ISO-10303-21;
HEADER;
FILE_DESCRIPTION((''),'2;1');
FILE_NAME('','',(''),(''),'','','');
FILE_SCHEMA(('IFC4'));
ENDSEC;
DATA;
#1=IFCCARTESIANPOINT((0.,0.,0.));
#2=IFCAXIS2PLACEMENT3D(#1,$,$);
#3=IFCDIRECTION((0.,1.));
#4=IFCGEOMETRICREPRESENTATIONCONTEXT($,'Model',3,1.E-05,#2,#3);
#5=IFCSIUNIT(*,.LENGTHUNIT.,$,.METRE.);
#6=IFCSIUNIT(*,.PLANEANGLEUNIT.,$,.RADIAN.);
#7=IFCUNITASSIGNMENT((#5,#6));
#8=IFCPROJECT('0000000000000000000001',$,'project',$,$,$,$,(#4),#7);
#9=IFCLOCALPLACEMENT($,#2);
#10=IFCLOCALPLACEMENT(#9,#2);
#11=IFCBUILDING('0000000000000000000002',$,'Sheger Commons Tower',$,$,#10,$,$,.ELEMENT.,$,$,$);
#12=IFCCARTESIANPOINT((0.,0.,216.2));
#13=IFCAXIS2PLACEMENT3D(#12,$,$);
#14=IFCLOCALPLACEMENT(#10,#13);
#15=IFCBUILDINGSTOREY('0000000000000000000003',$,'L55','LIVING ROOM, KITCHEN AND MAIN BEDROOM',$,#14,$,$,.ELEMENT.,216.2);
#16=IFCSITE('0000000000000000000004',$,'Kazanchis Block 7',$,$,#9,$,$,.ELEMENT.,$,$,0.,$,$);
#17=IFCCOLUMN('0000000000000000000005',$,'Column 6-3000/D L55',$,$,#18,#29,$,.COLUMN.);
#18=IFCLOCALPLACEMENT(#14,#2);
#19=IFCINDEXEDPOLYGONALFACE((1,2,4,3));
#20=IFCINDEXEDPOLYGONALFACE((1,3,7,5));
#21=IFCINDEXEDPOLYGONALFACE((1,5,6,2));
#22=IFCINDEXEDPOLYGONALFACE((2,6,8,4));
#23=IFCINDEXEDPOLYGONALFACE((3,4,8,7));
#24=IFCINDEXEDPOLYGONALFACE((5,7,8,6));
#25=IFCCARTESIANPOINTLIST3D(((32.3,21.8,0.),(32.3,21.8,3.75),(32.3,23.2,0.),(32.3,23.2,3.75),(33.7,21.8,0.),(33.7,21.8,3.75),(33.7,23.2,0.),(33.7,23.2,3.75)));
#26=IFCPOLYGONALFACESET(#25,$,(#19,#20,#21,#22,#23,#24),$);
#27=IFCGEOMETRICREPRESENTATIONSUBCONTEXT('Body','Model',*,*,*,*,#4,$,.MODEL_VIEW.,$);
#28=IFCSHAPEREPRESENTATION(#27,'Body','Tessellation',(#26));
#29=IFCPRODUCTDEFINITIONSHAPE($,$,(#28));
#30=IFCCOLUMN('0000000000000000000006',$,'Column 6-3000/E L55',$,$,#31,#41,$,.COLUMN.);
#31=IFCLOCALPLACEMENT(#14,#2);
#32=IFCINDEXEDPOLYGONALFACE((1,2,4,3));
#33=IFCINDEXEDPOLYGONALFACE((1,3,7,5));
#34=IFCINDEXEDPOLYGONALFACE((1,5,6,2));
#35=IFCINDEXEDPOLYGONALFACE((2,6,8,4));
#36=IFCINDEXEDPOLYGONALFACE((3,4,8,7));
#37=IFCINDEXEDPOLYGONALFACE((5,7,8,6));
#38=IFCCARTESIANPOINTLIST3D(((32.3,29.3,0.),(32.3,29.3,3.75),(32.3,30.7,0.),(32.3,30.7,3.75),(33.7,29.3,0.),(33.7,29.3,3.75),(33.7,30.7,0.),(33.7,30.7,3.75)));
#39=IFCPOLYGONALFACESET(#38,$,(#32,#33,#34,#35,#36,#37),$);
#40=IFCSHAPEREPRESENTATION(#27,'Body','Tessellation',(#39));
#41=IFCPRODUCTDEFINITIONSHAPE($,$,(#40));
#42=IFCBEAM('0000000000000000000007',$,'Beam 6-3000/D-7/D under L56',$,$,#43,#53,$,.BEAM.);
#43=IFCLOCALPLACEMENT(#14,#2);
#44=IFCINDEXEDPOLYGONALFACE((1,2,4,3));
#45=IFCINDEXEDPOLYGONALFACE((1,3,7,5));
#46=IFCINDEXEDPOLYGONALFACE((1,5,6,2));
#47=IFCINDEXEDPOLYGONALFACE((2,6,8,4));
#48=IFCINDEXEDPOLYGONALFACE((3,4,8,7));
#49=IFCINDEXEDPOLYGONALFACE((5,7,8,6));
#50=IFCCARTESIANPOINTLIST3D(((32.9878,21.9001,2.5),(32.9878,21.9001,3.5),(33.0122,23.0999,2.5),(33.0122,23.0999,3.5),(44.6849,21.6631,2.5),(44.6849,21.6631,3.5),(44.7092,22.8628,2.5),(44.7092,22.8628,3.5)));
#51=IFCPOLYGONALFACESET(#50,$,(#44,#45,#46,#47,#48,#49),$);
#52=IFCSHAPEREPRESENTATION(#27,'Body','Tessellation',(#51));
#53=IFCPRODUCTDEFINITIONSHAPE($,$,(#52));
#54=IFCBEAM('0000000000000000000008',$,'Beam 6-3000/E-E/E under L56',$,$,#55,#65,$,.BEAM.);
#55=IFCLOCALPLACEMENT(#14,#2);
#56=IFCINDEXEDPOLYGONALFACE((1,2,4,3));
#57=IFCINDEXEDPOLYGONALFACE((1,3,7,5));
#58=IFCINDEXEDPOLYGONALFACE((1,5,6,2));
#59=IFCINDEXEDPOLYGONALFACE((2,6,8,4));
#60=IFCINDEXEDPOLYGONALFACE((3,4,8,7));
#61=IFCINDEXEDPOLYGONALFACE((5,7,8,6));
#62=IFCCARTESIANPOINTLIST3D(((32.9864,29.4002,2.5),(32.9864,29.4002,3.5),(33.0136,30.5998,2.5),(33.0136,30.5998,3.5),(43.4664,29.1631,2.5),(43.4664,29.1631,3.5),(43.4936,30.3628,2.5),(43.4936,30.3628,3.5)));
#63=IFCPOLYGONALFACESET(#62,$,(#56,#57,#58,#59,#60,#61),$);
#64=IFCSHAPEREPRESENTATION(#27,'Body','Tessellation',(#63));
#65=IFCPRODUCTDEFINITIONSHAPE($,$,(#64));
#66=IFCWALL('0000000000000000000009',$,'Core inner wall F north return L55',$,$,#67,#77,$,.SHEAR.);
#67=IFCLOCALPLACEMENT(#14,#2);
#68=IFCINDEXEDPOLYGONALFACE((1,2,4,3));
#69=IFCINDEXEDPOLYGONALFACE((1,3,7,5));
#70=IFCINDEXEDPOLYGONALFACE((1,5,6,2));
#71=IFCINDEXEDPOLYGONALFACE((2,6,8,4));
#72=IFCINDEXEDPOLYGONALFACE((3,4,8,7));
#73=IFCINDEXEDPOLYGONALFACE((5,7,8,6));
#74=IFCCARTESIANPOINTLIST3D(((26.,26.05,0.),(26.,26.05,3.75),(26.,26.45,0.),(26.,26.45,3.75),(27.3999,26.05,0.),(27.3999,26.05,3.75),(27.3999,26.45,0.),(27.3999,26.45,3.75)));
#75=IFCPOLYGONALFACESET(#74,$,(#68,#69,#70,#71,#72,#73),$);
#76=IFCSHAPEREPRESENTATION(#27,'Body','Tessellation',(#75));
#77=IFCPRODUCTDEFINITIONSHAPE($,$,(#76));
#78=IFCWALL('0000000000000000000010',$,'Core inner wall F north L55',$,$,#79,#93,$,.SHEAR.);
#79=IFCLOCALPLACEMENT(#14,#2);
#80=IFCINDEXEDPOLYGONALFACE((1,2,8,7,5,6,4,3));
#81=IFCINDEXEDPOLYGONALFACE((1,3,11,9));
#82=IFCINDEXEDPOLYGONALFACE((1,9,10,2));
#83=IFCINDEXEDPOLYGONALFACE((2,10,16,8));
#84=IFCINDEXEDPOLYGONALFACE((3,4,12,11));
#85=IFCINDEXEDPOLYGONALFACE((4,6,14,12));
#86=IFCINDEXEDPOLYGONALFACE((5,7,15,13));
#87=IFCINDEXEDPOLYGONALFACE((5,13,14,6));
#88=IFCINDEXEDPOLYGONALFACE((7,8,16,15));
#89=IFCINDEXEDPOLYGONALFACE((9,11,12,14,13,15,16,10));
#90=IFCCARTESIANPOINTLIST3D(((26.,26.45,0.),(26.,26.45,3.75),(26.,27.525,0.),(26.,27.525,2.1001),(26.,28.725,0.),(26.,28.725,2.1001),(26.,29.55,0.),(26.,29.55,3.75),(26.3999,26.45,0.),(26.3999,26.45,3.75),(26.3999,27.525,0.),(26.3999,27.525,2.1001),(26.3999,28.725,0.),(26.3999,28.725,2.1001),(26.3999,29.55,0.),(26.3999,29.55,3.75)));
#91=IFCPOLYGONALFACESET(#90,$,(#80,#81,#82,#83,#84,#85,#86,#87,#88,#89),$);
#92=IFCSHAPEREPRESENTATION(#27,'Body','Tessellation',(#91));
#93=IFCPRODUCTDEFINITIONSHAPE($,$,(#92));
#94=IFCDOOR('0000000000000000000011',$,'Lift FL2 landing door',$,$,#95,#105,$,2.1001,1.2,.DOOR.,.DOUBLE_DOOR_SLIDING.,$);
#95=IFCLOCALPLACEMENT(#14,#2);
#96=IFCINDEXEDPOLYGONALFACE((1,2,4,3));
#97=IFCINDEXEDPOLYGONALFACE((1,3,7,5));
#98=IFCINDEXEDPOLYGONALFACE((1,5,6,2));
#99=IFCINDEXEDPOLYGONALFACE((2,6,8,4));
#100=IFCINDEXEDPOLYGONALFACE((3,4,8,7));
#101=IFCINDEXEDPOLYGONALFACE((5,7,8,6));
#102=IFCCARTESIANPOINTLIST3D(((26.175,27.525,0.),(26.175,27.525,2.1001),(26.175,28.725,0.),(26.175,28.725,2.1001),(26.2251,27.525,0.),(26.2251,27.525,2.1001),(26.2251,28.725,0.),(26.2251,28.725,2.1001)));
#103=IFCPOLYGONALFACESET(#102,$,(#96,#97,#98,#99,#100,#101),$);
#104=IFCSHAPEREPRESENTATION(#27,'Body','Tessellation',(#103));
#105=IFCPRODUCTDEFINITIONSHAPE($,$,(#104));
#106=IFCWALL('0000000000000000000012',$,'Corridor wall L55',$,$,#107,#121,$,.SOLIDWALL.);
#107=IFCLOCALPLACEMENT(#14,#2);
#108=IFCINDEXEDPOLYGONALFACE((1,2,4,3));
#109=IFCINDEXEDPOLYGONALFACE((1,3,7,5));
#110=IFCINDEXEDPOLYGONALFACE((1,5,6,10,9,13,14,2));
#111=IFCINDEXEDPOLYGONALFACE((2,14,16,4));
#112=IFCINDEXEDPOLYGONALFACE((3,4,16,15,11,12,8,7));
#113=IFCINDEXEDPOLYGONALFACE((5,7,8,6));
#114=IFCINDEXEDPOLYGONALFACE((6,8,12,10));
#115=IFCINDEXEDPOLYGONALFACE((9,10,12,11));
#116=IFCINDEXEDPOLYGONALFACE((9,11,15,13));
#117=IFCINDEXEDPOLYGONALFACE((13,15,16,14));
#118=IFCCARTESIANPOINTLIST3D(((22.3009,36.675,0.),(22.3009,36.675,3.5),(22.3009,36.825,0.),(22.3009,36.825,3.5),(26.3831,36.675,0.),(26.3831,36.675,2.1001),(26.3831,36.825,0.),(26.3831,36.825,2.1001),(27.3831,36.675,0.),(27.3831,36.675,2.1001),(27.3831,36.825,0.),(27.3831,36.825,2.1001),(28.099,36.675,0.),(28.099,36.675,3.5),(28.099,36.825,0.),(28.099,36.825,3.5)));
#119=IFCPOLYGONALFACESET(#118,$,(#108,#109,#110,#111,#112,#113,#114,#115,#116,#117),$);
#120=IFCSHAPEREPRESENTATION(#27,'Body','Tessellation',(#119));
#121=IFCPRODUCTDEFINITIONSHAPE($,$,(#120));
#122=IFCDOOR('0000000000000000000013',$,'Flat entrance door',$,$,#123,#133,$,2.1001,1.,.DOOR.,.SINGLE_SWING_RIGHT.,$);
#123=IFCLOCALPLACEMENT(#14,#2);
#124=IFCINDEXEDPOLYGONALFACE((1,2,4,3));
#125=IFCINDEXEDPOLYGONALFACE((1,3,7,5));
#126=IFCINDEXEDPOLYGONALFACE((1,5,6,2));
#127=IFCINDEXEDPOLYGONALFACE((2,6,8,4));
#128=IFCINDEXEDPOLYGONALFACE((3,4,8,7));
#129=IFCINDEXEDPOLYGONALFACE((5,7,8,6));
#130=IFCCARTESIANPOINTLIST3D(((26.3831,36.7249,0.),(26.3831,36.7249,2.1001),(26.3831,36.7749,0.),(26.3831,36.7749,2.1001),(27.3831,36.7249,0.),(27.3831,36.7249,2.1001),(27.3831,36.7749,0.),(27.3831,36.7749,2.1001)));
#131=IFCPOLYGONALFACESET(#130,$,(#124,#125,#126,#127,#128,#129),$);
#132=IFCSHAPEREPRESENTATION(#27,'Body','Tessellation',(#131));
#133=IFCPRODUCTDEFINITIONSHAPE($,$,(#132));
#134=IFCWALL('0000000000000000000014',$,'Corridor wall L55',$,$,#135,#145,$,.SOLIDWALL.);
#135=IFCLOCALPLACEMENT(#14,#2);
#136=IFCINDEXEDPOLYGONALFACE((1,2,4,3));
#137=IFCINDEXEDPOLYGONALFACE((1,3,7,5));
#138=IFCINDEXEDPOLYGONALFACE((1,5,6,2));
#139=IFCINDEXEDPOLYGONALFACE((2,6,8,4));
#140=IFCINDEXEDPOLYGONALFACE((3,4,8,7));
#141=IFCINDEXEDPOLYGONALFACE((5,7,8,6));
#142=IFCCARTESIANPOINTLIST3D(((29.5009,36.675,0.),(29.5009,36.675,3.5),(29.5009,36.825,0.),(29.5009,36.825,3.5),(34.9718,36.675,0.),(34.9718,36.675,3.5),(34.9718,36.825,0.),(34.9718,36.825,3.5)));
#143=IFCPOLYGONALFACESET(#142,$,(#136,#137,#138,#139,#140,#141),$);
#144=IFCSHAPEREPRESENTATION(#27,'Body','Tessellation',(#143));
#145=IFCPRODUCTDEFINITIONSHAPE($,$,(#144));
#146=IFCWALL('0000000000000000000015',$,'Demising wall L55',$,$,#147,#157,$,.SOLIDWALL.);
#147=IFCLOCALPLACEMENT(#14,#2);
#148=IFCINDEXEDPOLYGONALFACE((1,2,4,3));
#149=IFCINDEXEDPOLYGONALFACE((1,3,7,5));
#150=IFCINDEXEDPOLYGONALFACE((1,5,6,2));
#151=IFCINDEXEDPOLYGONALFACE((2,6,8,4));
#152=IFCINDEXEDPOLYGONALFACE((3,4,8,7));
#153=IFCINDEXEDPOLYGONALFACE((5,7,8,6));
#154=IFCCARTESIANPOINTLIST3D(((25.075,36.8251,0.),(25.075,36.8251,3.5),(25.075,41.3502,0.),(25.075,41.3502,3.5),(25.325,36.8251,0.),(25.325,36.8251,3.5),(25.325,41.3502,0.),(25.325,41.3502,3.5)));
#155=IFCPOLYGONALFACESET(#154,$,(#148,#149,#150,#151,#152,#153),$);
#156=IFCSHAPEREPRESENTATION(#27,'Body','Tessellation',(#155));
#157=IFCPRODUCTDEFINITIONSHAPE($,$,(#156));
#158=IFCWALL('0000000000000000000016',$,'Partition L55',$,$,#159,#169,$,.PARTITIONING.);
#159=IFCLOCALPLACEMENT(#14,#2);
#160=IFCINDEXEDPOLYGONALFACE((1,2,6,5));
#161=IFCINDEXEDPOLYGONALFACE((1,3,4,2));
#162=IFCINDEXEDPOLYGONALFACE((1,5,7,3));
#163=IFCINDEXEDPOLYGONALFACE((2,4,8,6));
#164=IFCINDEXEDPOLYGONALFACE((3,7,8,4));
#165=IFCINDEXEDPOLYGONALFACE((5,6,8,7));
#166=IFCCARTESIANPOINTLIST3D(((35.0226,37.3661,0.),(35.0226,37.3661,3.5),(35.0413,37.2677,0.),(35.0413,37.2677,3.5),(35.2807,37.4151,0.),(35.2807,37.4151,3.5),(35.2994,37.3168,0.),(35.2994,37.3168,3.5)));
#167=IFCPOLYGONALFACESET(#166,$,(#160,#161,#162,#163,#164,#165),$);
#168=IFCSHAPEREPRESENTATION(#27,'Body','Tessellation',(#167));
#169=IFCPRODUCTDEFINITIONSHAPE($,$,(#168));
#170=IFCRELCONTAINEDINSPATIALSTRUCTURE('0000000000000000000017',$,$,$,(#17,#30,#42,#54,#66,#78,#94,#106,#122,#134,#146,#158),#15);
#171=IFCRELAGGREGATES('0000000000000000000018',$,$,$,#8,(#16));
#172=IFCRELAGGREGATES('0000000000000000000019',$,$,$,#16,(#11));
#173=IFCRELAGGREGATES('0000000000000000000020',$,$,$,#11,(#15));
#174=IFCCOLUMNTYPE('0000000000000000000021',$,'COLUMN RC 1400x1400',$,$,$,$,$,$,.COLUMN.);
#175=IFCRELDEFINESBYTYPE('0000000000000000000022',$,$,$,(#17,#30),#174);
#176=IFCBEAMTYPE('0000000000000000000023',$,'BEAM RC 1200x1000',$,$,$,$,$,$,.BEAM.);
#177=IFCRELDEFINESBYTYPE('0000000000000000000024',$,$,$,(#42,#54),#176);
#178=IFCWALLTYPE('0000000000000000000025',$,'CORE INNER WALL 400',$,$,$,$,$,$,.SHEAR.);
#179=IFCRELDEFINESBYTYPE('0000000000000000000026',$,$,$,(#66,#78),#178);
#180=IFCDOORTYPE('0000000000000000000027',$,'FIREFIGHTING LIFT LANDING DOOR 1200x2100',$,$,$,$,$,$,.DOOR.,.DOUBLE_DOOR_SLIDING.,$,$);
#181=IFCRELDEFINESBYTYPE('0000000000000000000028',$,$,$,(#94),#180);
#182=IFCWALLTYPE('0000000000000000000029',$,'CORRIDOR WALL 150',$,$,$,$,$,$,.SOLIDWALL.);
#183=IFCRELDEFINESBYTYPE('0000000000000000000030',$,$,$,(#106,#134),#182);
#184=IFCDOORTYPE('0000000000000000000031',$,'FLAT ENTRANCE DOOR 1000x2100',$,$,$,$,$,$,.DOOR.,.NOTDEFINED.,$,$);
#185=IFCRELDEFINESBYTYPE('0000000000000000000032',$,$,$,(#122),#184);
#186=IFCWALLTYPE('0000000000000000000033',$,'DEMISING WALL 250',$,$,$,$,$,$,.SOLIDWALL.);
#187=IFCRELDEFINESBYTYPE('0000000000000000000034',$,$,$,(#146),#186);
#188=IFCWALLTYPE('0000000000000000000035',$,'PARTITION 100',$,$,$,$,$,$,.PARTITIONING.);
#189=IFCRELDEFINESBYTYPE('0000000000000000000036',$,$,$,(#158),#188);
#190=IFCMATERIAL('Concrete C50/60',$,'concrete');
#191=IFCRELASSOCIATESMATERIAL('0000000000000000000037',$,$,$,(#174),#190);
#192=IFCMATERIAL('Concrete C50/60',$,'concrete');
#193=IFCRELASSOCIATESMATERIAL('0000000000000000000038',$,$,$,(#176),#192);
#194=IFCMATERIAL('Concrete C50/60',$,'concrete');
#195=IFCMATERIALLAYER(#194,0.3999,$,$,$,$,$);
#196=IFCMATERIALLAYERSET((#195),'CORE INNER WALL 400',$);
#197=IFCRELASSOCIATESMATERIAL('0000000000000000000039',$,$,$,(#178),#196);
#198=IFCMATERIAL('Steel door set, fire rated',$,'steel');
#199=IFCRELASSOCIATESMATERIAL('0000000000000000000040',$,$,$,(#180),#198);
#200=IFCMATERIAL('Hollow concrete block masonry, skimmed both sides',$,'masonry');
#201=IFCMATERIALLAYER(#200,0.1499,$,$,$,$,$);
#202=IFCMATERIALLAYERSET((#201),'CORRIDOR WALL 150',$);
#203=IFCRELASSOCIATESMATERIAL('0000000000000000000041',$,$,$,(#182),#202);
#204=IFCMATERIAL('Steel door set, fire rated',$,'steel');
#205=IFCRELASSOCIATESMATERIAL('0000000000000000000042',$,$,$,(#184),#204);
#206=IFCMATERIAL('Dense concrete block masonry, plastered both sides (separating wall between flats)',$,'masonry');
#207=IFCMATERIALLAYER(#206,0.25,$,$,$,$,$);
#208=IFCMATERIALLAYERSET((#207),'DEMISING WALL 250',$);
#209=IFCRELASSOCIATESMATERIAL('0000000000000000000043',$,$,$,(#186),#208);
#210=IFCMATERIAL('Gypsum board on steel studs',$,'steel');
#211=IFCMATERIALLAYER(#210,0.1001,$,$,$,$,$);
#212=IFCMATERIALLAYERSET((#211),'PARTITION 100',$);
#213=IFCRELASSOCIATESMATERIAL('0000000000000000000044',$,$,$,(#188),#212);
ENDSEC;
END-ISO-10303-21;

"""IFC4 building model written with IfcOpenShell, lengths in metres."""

from ifc_helpers import new_model, si_unit, direction, frame, frame_2d, origin, origin_2d, place, context, subcontext, project, spatial, rectangle, extrude, material, layer, layer_set, material_profile, profile_set, type_object, element, fill, save


model = new_model("IFC4")

# Units and contexts
model_context = context("Model", 3, precision=1e-05, world=origin(), true_north=direction((0.0, 1.0)))
body_context = subcontext(model_context, "Body", "Model", "MODEL_VIEW")
ifc_project = project(units=[si_unit("LENGTHUNIT", "METRE"), si_unit("PLANEANGLEUNIT", "RADIAN")], contexts=[model_context])

# Site, building, storey
site_placement = place(None, origin())
site = spatial("IfcSite", under=ifc_project, at=site_placement, Name="Kazanchis Block 7", CompositionType="ELEMENT", RefElevation=0.0)
building_placement = place(site_placement, origin())
building = spatial("IfcBuilding", under=site, at=building_placement, Name="Sheger Commons Tower", CompositionType="ELEMENT")
storey_placement = place(building_placement, frame((0.0, 0.0, 216.2)))
storey = spatial("IfcBuildingStorey", under=building, at=storey_placement, Name="L55", Description="LIVING ROOM, KITCHEN AND MAIN BEDROOM", CompositionType="ELEMENT", Elevation=216.2)

# Columns
ifc_material_1 = material(Name="Concrete C50/60", Category="concrete")
ifc_material_profile_1 = material_profile(ifc_material_1, rectangle(XDim=1.3999, YDim=1.3999, at=origin_2d()), Name="RC 1400x1400")
ifc_profile_set_1 = profile_set([ifc_material_profile_1], Name="Concrete C50/60")
column_type = type_object("IfcColumnType", Name="COLUMN RC 1400x1400", PredefinedType="COLUMN", material=ifc_profile_set_1)
for number, where, z_axis, x_axis, name in (
    (1, (33.0, 22.5, 0.0), (0.0, 0.0, 1.0), (1.0, 0.0, 0.0), "Column 6-3000/D L55"),
    (2, (33.0, 30.0, 0.0), (0.0, 0.0, 1.0), (1.0, 0.0, 0.0), "Column 6-3000/E L55"),
):
    element("IfcColumn", number, at=place(storey_placement, frame(where, z_axis=z_axis, x_axis=x_axis)), inside=storey, type_object=column_type, Name=name, PredefinedType="COLUMN", context=body_context, shape_type="SweptSolid", body=[
        extrude(rectangle(XDim=1.3999, YDim=1.3999, at=origin_2d()), origin(), (0.0, 0.0, 1.0), 3.75),
    ])

# Beams
ifc_material_2 = material(Name="Concrete C50/60", Category="concrete")
ifc_material_profile_2 = material_profile(ifc_material_2, rectangle(XDim=1.2, YDim=1.0, at=origin_2d()), Name="RC 1200x1000")
ifc_profile_set_2 = profile_set([ifc_material_profile_2], Name="Concrete C50/60")
beam_type = type_object("IfcBeamType", Name="BEAM RC 1200x1000", PredefinedType="BEAM", material=ifc_profile_set_2)
beam_1_placement = place(storey_placement, frame((33.0, 22.5, 3.0), z_axis=(0.999795, -0.020263, 0.0), x_axis=(0.020263, 0.999795, 0.0)))
element("IfcBeam", 3, at=beam_1_placement, inside=storey, type_object=beam_type, Name="Beam 6-3000/D-7/D under L56", PredefinedType="BEAM", context=body_context, shape_type="SweptSolid", body=[
    extrude(rectangle(XDim=1.2, YDim=1.0, at=origin_2d()), origin(), (0.0, 0.0, 1.0), 11.6995),
])
beam_2_placement = place(storey_placement, frame((33.0, 30.0, 3.0), z_axis=(0.999744, -0.022615, 0.0), x_axis=(0.022615, 0.999744, 0.0)))
element("IfcBeam", 4, at=beam_2_placement, inside=storey, type_object=beam_type, Name="Beam 6-3000/E-E/E under L56", PredefinedType="BEAM", context=body_context, shape_type="SweptSolid", body=[
    extrude(rectangle(XDim=1.2, YDim=1.0, at=origin_2d()), origin(), (0.0, 0.0, 1.0), 10.4827),
])

# Wall
ifc_material_3 = material(Name="Concrete C50/60", Category="concrete")
ifc_layer_1 = layer(ifc_material_3, 0.3999)
ifc_layer_set_1 = layer_set([ifc_layer_1], Name="CORE INNER WALL 400")
wall_type_1 = type_object("IfcWallType", Name="CORE INNER WALL 400", PredefinedType="SHEAR", material=ifc_layer_set_1)
wall_1_placement = place(storey_placement, frame((26.0, 26.25, 0.0), z_axis=(0.0, 0.0, 1.0), x_axis=(1.0, 0.0, 0.0)))
element("IfcWall", 5, at=wall_1_placement, inside=storey, type_object=wall_type_1, Name="Core inner wall F north return L55", PredefinedType="SHEAR", context=body_context, shape_type="SweptSolid", body=[
    extrude(rectangle(XDim=1.3999, YDim=0.3999, at=frame_2d((0.7, 0.0))), origin(), (0.0, 0.0, 1.0), 3.75),
])

# Walls, openings, doors
wall_2_placement = place(storey_placement, frame((26.2, 26.45, 0.0), z_axis=(0.0, 0.0, 1.0), x_axis=(0.0, 1.0, 0.0)))
wall_2 = element("IfcWall", 6, at=wall_2_placement, inside=storey, type_object=wall_type_1, Name="Core inner wall F north L55", PredefinedType="SHEAR", context=body_context, shape_type="SweptSolid", body=[
    extrude(rectangle(XDim=3.1001, YDim=0.3999, at=frame_2d((1.55, 0.0))), origin(), (0.0, 0.0, 1.0), 3.75),
])
opening_1_placement = place(wall_2_placement, frame((1.075, 0.0, 0.0)))
opening_1 = element("IfcOpeningElement", 7, at=opening_1_placement, cuts=wall_2, PredefinedType="OPENING", context=body_context, shape_type="SweptSolid", body=[
    extrude(rectangle(XDim=1.2, YDim=2.1001, at=frame_2d((0.6001, 1.05))), frame((0.0, 0.21, 0.0), z_axis=(0.0, -1.0, 0.0), x_axis=(1.0, 0.0, 0.0)), (0.0, 0.0, 1.0), 0.4199),
])
ifc_material_4 = material(Name="Steel door set, fire rated", Category="steel")
door_type_1 = type_object("IfcDoorType", Name="FIREFIGHTING LIFT LANDING DOOR 1200x2100", OperationType="DOUBLE_DOOR_SLIDING", PredefinedType="DOOR", material=ifc_material_4)
door_1_placement = place(opening_1_placement, origin())
door_1 = element("IfcDoor", 8, at=door_1_placement, inside=storey, type_object=door_type_1, Name="Lift FL2 landing door", OperationType="DOUBLE_DOOR_SLIDING", OverallHeight=2.1001, OverallWidth=1.2, PredefinedType="DOOR", context=body_context, shape_type="SweptSolid", body=[
    extrude(rectangle(XDim=1.2, YDim=2.1001, at=frame_2d((0.6001, 1.05))), frame((0.0, 0.0249, 0.0), z_axis=(0.0, -1.0, 0.0), x_axis=(1.0, 0.0, 0.0)), (0.0, 0.0, 1.0), 0.05),
])
fill(opening_1, door_1)
ifc_material_5 = material(Name="Hollow concrete block masonry, skimmed both sides", Category="masonry")
ifc_layer_2 = layer(ifc_material_5, 0.1499)
ifc_layer_set_2 = layer_set([ifc_layer_2], Name="CORRIDOR WALL 150")
wall_type_2 = type_object("IfcWallType", Name="CORRIDOR WALL 150", PredefinedType="SOLIDWALL", material=ifc_layer_set_2)
wall_3_placement = place(storey_placement, frame((22.301, 36.75, 0.0), z_axis=(0.0, 0.0, 1.0), x_axis=(1.0, 0.0, 0.0)))
wall_3 = element("IfcWall", 9, at=wall_3_placement, inside=storey, type_object=wall_type_2, Name="Corridor wall L55", PredefinedType="SOLIDWALL", context=body_context, shape_type="SweptSolid", body=[
    extrude(rectangle(XDim=5.7981, YDim=0.1499, at=frame_2d((2.8989, 0.0))), origin(), (0.0, 0.0, 1.0), 3.5),
])
opening_2_placement = place(wall_3_placement, frame((4.082, 0.0, 0.0)))
opening_2 = element("IfcOpeningElement", 10, at=opening_2_placement, cuts=wall_3, PredefinedType="OPENING", context=body_context, shape_type="SweptSolid", body=[
    extrude(rectangle(XDim=1.0, YDim=2.1001, at=frame_2d((0.5, 1.05))), frame((0.0, 0.085, 0.0), z_axis=(0.0, -1.0, 0.0), x_axis=(1.0, 0.0, 0.0)), (0.0, 0.0, 1.0), 0.1699),
])
ifc_material_6 = material(Name="Steel door set, fire rated", Category="steel")
door_type_2 = type_object("IfcDoorType", Name="FLAT ENTRANCE DOOR 1000x2100", OperationType="NOTDEFINED", PredefinedType="DOOR", material=ifc_material_6)
door_2_placement = place(opening_2_placement, origin())
door_2 = element("IfcDoor", 11, at=door_2_placement, inside=storey, type_object=door_type_2, Name="Flat entrance door", OperationType="SINGLE_SWING_RIGHT", OverallHeight=2.1001, OverallWidth=1.0, PredefinedType="DOOR", context=body_context, shape_type="SweptSolid", body=[
    extrude(rectangle(XDim=1.0, YDim=2.1001, at=frame_2d((0.5, 1.05))), frame((0.0, 0.0249, 0.0), z_axis=(0.0, -1.0, 0.0), x_axis=(1.0, 0.0, 0.0)), (0.0, 0.0, 1.0), 0.05),
])
fill(opening_2, door_2)

# Walls
wall_4_placement = place(storey_placement, frame((29.501, 36.75, 0.0), z_axis=(0.0, 0.0, 1.0), x_axis=(1.0, 0.0, 0.0)))
element("IfcWall", 12, at=wall_4_placement, inside=storey, type_object=wall_type_2, Name="Corridor wall L55", PredefinedType="SOLIDWALL", context=body_context, shape_type="SweptSolid", body=[
    extrude(rectangle(XDim=5.4709, YDim=0.1499, at=frame_2d((2.7354, 0.0))), origin(), (0.0, 0.0, 1.0), 3.5),
])
ifc_material_7 = material(Name="Dense concrete block masonry, plastered both sides (separating wall between flats)", Category="masonry")
ifc_layer_3 = layer(ifc_material_7, 0.25)
ifc_layer_set_3 = layer_set([ifc_layer_3], Name="DEMISING WALL 250")
wall_type_3 = type_object("IfcWallType", Name="DEMISING WALL 250", PredefinedType="SOLIDWALL", material=ifc_layer_set_3)
wall_5_placement = place(storey_placement, frame((25.2, 36.825, 0.0), z_axis=(0.0, 0.0, 1.0), x_axis=(0.0, 1.0, 0.0)))
element("IfcWall", 13, at=wall_5_placement, inside=storey, type_object=wall_type_3, Name="Demising wall L55", PredefinedType="SOLIDWALL", context=body_context, shape_type="SweptSolid", body=[
    extrude(rectangle(XDim=4.5251, YDim=0.25, at=frame_2d((2.2627, 0.0))), origin(), (0.0, 0.0, 1.0), 3.5),
])
ifc_material_8 = material(Name="Gypsum board on steel studs", Category="steel")
ifc_layer_4 = layer(ifc_material_8, 0.1001)
ifc_layer_set_4 = layer_set([ifc_layer_4], Name="PARTITION 100")
wall_type_4 = type_object("IfcWallType", Name="PARTITION 100", PredefinedType="PARTITIONING", material=ifc_layer_set_4)
wall_6_placement = place(storey_placement, frame((35.29, 37.366, 0.0), z_axis=(0.0, 0.0, 1.0), x_axis=(-0.982395, -0.186813, 0.0)))
element("IfcWall", 14, at=wall_6_placement, inside=storey, type_object=wall_type_4, Name="Partition L55", PredefinedType="PARTITIONING", context=body_context, shape_type="SweptSolid", body=[
    extrude(rectangle(XDim=0.2627, YDim=0.1001, at=frame_2d((0.1313, 0.0))), origin(), (0.0, 0.0, 1.0), 3.5),
])

save(model, "model.ifc")
